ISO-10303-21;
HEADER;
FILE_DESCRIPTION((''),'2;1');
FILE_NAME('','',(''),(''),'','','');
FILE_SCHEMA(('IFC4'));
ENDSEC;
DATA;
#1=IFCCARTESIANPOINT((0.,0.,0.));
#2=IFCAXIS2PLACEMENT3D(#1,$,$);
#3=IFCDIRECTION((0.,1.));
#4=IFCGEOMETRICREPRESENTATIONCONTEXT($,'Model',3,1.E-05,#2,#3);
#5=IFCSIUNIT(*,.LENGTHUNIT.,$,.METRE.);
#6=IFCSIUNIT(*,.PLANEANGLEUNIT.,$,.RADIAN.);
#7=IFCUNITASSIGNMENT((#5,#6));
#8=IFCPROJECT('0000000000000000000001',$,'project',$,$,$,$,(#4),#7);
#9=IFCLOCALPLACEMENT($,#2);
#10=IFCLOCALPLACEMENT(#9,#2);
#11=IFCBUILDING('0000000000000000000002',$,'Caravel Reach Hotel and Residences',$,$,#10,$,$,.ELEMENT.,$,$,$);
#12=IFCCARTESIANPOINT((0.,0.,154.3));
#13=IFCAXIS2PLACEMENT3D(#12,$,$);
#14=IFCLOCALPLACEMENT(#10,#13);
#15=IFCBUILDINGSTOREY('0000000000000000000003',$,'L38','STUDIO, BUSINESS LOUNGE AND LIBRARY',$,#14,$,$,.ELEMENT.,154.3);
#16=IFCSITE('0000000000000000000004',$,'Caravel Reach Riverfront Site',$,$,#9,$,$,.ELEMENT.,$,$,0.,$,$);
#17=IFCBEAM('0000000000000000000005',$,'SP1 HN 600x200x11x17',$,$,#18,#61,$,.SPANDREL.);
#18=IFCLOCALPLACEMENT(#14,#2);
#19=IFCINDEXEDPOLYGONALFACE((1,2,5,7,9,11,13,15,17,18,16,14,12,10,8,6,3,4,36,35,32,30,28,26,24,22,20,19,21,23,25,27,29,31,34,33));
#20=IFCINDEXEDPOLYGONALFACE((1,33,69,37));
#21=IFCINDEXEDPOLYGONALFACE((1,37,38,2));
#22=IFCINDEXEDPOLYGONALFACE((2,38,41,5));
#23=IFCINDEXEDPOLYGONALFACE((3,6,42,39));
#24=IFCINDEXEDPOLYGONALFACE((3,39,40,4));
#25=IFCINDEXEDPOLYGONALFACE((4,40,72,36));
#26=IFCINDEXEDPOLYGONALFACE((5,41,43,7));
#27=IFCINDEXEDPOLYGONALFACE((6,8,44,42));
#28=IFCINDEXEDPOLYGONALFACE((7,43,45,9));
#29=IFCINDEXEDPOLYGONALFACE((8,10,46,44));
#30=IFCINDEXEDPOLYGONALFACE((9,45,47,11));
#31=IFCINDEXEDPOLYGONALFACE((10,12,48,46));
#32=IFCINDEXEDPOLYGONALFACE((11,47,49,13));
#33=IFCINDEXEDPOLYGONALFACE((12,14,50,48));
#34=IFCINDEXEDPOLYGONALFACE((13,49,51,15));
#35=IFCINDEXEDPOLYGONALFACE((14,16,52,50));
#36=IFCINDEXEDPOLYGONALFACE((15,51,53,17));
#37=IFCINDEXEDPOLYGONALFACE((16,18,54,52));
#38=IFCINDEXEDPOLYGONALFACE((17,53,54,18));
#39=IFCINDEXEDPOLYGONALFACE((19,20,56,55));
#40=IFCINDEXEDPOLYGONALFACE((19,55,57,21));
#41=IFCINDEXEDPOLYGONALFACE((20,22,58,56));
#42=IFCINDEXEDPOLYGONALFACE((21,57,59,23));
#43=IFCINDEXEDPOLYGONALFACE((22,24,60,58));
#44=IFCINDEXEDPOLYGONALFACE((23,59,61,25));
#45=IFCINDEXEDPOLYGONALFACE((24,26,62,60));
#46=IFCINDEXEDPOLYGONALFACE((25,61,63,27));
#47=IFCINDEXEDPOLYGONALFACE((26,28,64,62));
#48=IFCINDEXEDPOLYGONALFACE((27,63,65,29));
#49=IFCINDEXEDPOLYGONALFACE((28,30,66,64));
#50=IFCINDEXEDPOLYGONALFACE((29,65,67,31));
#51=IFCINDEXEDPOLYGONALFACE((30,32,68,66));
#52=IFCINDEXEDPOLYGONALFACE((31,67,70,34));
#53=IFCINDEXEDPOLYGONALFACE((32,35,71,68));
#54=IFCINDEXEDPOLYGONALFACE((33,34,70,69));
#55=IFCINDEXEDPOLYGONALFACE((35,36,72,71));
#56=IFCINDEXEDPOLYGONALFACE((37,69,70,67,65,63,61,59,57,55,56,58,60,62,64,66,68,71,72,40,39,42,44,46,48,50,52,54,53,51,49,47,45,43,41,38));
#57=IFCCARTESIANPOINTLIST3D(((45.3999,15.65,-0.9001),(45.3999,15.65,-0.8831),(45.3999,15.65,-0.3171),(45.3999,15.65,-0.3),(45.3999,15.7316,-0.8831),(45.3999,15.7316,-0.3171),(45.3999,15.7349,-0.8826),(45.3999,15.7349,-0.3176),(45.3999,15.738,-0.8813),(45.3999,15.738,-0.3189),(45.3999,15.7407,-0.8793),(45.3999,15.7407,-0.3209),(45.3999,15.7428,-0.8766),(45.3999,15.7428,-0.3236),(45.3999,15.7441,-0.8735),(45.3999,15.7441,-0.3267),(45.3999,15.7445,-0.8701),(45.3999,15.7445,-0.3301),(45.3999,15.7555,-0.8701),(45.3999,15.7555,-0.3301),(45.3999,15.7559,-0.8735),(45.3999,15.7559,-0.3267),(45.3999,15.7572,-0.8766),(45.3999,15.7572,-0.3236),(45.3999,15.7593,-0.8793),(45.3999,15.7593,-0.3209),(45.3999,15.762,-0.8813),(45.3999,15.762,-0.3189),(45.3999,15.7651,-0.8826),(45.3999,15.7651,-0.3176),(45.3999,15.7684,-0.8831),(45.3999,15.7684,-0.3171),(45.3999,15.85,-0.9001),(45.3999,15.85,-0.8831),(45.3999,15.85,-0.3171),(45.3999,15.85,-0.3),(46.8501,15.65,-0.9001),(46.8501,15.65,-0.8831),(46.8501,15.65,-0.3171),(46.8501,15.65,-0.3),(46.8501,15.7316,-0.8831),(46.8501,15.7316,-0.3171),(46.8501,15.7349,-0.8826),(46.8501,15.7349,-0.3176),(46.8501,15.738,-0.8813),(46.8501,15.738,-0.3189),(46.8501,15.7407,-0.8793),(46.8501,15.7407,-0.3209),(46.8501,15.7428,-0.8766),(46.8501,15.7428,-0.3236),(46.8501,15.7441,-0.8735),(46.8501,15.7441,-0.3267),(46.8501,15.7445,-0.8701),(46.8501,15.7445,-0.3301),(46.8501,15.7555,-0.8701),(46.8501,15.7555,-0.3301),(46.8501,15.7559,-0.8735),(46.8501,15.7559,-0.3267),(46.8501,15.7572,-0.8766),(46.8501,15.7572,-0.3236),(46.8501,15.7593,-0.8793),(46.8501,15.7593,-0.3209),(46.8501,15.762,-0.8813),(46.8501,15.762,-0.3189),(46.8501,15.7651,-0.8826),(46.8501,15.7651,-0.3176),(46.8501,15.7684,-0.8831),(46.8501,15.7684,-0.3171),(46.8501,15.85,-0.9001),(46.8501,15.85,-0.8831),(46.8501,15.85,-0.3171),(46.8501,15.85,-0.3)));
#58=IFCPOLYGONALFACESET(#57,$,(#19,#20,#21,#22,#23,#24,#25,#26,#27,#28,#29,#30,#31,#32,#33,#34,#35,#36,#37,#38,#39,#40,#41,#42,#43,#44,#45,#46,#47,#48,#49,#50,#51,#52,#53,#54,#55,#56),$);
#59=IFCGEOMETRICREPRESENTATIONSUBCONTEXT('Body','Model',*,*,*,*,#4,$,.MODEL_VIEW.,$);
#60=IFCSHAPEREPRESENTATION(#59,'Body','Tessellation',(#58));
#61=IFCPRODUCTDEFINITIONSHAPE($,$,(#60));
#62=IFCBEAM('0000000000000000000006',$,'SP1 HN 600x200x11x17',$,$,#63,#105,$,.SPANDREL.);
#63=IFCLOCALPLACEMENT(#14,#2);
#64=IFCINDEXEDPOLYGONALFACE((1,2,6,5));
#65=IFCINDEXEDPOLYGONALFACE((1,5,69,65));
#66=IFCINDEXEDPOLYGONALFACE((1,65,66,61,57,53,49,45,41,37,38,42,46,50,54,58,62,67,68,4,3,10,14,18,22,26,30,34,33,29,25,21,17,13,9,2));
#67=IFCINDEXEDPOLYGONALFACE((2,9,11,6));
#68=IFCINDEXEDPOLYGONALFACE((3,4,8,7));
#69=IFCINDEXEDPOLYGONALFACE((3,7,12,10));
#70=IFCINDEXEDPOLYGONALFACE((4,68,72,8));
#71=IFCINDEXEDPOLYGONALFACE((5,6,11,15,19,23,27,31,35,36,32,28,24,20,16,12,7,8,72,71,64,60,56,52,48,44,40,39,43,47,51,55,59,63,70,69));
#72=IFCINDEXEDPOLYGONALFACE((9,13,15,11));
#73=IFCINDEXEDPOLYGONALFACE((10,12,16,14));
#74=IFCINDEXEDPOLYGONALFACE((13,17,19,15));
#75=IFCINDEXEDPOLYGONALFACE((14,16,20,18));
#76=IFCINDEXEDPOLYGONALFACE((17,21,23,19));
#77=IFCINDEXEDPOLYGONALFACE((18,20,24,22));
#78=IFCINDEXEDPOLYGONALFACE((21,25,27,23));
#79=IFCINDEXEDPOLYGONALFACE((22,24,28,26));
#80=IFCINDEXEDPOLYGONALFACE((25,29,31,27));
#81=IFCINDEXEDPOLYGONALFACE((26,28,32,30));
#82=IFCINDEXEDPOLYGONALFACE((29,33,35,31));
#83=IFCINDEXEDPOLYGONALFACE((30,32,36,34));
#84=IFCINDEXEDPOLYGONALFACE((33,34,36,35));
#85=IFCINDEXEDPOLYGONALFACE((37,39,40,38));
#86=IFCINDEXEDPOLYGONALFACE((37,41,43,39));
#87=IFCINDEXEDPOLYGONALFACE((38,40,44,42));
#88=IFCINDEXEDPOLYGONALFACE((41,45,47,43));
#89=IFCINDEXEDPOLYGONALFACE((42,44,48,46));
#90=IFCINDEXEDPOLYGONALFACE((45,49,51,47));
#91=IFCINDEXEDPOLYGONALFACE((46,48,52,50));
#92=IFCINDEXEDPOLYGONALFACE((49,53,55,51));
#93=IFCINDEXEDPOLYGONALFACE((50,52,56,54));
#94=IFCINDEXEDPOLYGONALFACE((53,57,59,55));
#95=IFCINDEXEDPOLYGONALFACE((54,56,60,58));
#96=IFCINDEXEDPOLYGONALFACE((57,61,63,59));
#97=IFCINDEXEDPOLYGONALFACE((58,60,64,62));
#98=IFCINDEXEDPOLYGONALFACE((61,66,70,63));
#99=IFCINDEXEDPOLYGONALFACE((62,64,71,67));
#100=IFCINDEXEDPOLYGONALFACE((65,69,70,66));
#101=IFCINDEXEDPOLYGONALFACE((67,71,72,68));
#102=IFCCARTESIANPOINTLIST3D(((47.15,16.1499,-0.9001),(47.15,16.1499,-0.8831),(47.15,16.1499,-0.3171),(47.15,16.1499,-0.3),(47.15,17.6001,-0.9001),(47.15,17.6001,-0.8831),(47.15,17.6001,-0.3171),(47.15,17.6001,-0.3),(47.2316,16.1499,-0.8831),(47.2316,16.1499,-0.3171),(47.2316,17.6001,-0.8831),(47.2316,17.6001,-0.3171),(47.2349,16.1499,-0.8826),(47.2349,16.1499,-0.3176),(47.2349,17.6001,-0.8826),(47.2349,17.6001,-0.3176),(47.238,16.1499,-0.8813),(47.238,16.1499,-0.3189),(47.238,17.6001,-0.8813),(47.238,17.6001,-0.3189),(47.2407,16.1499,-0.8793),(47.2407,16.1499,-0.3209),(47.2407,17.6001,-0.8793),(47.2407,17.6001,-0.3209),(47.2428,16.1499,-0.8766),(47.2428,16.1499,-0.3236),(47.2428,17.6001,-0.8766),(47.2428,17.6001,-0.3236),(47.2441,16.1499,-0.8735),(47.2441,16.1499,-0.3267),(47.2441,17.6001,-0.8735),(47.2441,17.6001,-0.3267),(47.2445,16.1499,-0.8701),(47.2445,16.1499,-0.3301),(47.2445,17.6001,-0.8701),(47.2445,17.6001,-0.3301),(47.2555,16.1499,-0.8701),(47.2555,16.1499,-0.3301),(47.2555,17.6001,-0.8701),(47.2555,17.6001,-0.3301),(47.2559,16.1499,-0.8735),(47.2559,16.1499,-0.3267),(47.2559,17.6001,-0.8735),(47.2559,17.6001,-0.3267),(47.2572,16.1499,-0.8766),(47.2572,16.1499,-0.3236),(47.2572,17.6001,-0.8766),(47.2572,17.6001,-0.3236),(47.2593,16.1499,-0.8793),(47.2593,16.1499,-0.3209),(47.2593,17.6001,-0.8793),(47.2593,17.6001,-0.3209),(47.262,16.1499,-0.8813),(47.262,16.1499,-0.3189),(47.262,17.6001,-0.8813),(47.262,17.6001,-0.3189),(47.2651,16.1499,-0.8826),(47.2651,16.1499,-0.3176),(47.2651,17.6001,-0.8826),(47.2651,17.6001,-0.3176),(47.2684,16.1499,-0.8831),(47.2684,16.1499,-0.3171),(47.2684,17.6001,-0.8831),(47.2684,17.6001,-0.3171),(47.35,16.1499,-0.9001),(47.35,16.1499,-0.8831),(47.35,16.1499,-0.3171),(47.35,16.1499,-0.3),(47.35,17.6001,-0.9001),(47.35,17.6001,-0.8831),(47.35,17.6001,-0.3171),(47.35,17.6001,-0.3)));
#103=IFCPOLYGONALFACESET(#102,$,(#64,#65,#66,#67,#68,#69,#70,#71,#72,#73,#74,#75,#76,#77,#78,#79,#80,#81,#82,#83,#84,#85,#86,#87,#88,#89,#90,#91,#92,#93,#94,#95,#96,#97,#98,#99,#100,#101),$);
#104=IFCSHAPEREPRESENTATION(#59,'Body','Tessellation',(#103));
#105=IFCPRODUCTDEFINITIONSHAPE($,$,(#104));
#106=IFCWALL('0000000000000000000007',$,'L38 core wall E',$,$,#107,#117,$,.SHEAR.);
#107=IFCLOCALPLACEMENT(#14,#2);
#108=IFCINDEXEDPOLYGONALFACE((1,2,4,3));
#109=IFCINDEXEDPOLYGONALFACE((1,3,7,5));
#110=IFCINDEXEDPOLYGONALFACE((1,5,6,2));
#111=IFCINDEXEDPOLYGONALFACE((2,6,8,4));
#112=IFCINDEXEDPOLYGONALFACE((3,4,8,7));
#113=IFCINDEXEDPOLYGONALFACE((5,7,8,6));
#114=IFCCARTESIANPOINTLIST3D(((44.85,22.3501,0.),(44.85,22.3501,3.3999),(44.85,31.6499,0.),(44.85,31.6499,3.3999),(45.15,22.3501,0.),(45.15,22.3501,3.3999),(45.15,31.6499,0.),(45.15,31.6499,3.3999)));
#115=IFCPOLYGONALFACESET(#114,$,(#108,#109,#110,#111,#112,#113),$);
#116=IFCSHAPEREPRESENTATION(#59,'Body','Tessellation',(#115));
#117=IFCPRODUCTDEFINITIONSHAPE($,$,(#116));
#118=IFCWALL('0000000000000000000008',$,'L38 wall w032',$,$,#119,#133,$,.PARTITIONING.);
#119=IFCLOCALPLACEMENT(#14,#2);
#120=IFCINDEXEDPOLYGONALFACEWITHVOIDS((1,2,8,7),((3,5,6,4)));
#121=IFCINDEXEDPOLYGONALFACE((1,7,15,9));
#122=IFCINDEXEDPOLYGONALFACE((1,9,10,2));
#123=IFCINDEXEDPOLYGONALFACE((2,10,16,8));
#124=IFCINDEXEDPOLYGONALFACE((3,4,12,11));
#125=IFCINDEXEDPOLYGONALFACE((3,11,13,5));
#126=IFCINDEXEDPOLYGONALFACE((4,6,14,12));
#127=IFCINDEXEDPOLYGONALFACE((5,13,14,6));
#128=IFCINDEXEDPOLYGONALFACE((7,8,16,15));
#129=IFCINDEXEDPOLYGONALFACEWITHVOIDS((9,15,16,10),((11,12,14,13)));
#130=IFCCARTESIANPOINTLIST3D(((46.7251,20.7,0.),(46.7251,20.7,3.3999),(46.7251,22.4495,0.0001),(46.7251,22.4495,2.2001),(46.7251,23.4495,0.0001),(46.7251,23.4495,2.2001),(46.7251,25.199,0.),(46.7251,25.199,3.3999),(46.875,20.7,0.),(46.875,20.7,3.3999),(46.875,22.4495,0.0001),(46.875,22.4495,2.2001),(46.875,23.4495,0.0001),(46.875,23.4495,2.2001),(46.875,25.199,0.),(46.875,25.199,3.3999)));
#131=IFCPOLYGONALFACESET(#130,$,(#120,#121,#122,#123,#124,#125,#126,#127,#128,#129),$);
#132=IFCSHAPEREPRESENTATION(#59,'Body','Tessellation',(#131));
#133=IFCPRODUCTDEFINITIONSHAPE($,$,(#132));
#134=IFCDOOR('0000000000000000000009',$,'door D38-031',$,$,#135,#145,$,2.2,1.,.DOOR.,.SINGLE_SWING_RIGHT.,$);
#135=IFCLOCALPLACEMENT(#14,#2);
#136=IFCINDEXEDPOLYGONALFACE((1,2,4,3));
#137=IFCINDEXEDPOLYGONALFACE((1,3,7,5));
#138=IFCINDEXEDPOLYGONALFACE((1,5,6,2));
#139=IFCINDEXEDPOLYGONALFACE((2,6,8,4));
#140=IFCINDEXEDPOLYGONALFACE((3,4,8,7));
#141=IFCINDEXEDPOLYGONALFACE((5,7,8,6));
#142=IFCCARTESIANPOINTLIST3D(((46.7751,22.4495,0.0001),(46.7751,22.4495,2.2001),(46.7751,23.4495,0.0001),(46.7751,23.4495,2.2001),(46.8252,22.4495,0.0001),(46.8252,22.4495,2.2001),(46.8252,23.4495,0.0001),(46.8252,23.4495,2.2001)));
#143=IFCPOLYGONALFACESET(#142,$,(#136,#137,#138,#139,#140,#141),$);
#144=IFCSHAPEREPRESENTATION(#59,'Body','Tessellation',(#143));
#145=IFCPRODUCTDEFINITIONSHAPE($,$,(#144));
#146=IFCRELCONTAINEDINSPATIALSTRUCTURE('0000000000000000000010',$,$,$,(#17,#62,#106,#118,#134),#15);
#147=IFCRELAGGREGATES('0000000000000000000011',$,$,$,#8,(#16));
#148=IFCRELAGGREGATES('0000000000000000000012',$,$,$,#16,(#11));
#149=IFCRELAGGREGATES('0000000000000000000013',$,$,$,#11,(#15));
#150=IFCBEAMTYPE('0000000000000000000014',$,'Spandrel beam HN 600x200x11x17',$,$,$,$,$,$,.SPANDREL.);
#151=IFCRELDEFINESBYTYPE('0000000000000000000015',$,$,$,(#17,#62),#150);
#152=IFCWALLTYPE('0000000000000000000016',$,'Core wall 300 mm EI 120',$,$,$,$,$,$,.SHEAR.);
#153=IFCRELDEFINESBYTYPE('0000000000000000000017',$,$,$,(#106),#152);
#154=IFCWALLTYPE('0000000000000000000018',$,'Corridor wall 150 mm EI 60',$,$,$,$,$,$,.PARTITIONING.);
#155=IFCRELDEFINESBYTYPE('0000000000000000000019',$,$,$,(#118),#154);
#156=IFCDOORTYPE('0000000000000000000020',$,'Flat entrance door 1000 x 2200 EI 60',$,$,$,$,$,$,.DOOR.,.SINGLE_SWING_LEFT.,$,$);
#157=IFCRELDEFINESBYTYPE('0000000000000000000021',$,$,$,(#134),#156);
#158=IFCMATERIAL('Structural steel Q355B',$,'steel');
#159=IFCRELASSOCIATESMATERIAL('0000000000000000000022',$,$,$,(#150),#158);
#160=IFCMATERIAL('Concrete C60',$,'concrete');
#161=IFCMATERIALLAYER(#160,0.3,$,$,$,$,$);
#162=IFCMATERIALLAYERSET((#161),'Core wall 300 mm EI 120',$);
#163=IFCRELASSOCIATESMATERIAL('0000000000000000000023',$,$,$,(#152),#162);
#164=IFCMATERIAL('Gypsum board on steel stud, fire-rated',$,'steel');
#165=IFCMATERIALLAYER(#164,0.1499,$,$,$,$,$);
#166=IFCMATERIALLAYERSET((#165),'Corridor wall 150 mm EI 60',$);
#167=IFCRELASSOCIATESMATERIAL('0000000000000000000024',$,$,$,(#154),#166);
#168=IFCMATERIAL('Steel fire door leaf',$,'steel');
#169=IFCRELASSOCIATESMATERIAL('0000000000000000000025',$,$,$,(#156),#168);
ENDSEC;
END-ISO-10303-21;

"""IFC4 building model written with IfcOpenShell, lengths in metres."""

from ifc_helpers import new_model, si_unit, direction, frame, frame_2d, origin, origin_2d, place, context, subcontext, project, spatial, rectangle, i_section, extrude, material, layer, layer_set, material_profile, profile_set, type_object, element, fill, save


model = new_model("IFC4")

# Units and contexts
model_context = context("Model", 3, precision=1e-05, world=origin(), true_north=direction((0.0, 1.0)))
body_context = subcontext(model_context, "Body", "Model", "MODEL_VIEW")
ifc_project = project(units=[si_unit("LENGTHUNIT", "METRE"), si_unit("PLANEANGLEUNIT", "RADIAN")], contexts=[model_context])

# Site, building, storey
site_placement = place(None, origin())
site = spatial("IfcSite", under=ifc_project, at=site_placement, Name="Caravel Reach Riverfront Site", CompositionType="ELEMENT", RefElevation=0.0)
building_placement = place(site_placement, origin())
building = spatial("IfcBuilding", under=site, at=building_placement, Name="Caravel Reach Hotel and Residences", CompositionType="ELEMENT")
storey_placement = place(building_placement, frame((0.0, 0.0, 154.3)))
storey = spatial("IfcBuildingStorey", under=building, at=storey_placement, Name="L38", Description="STUDIO, BUSINESS LOUNGE AND LIBRARY", CompositionType="ELEMENT", Elevation=154.3)

# Beams
ifc_material_1 = material(Name="Structural steel Q355B", Category="steel")
ifc_material_profile_1 = material_profile(ifc_material_1, i_section(OverallWidth=0.2, OverallDepth=0.6001, WebThickness=0.011, FlangeThickness=0.0171, FilletRadius=0.0129, at=origin_2d()), Name="HN 600x200x11x17")
ifc_profile_set_1 = profile_set([ifc_material_profile_1], Name="Structural steel Q355B")
beam_type = type_object("IfcBeamType", Name="Spandrel beam HN 600x200x11x17", PredefinedType="SPANDREL", material=ifc_profile_set_1)
for number, where, z_axis, x_axis, name in (
    (1, (45.3999, 15.75, -0.6001), (1.0, 0.0, 0.0), (0.0, 1.0, 0.0), "SP1 HN 600x200x11x17"),
    (2, (47.25, 16.1499, -0.6001), (0.0, 1.0, 0.0), (-1.0, 0.0, 0.0), "SP1 HN 600x200x11x17"),
):
    element("IfcBeam", number, at=place(storey_placement, frame(where, z_axis=z_axis, x_axis=x_axis)), inside=storey, type_object=beam_type, Name=name, PredefinedType="SPANDREL", context=body_context, shape_type="SweptSolid", body=[
        extrude(i_section(OverallWidth=0.2, OverallDepth=0.6001, WebThickness=0.011, FlangeThickness=0.0171, FilletRadius=0.0129, at=origin_2d()), origin(), (0.0, 0.0, 1.0), 1.4502),
    ])

# Wall
ifc_material_2 = material(Name="Concrete C60", Category="concrete")
ifc_layer_1 = layer(ifc_material_2, 0.3)
ifc_layer_set_1 = layer_set([ifc_layer_1], Name="Core wall 300 mm EI 120")
wall_type_1 = type_object("IfcWallType", Name="Core wall 300 mm EI 120", PredefinedType="SHEAR", material=ifc_layer_set_1)
wall_1_placement = place(storey_placement, frame((45.0, 22.3501, 0.0), z_axis=(0.0, 0.0, 1.0), x_axis=(0.0, 1.0, 0.0)))
element("IfcWall", 3, at=wall_1_placement, inside=storey, type_object=wall_type_1, Name="L38 core wall E", PredefinedType="SHEAR", context=body_context, shape_type="SweptSolid", body=[
    extrude(rectangle(XDim=9.2998, YDim=0.3, at=frame_2d((4.6499, 0.0))), origin(), (0.0, 0.0, 1.0), 3.3999),
])

# Wall, opening, door
ifc_material_3 = material(Name="Gypsum board on steel stud, fire-rated", Category="steel")
ifc_layer_2 = layer(ifc_material_3, 0.1499)
ifc_layer_set_2 = layer_set([ifc_layer_2], Name="Corridor wall 150 mm EI 60")
wall_type_2 = type_object("IfcWallType", Name="Corridor wall 150 mm EI 60", PredefinedType="PARTITIONING", material=ifc_layer_set_2)
wall_2_placement = place(storey_placement, frame((46.8, 20.7, 0.0), z_axis=(0.0, 0.0, 1.0), x_axis=(0.0, 1.0, 0.0)))
wall_2 = element("IfcWall", 4, at=wall_2_placement, inside=storey, type_object=wall_type_2, Name="L38 wall w032", PredefinedType="PARTITIONING", context=body_context, shape_type="SweptSolid", body=[
    extrude(rectangle(XDim=4.499, YDim=0.1499, at=frame_2d((2.2495, 0.0))), origin(), (0.0, 0.0, 1.0), 3.3999),
])
opening_1_placement = place(wall_2_placement, frame((1.7495, 0.0, 0.0)))
opening_1 = element("IfcOpeningElement", 5, at=opening_1_placement, cuts=wall_2, PredefinedType="OPENING", context=body_context, shape_type="SweptSolid", body=[
    extrude(rectangle(XDim=1.0, YDim=2.2, at=frame_2d((0.5, 1.1001))), frame((0.0, 0.085, 0.0), z_axis=(0.0, -1.0, 0.0), x_axis=(1.0, 0.0, 0.0)), (0.0, 0.0, 1.0), 0.1699),
])
ifc_material_4 = material(Name="Steel fire door leaf", Category="steel")
door_type_1 = type_object("IfcDoorType", Name="Flat entrance door 1000 x 2200 EI 60", OperationType="SINGLE_SWING_LEFT", PredefinedType="DOOR", material=ifc_material_4)
door_1_placement = place(opening_1_placement, origin())
door_1 = element("IfcDoor", 6, at=door_1_placement, inside=storey, type_object=door_type_1, Name="door D38-031", OperationType="SINGLE_SWING_RIGHT", OverallHeight=2.2, OverallWidth=1.0, PredefinedType="DOOR", context=body_context, shape_type="SweptSolid", body=[
    extrude(rectangle(XDim=1.0, YDim=2.2, at=frame_2d((0.5, 1.1001))), frame((0.0, 0.0249, 0.0), z_axis=(0.0, -1.0, 0.0), x_axis=(1.0, 0.0, 0.0)), (0.0, 0.0, 1.0), 0.05),
])
fill(opening_1, door_1)

save(model, "model.ifc")
